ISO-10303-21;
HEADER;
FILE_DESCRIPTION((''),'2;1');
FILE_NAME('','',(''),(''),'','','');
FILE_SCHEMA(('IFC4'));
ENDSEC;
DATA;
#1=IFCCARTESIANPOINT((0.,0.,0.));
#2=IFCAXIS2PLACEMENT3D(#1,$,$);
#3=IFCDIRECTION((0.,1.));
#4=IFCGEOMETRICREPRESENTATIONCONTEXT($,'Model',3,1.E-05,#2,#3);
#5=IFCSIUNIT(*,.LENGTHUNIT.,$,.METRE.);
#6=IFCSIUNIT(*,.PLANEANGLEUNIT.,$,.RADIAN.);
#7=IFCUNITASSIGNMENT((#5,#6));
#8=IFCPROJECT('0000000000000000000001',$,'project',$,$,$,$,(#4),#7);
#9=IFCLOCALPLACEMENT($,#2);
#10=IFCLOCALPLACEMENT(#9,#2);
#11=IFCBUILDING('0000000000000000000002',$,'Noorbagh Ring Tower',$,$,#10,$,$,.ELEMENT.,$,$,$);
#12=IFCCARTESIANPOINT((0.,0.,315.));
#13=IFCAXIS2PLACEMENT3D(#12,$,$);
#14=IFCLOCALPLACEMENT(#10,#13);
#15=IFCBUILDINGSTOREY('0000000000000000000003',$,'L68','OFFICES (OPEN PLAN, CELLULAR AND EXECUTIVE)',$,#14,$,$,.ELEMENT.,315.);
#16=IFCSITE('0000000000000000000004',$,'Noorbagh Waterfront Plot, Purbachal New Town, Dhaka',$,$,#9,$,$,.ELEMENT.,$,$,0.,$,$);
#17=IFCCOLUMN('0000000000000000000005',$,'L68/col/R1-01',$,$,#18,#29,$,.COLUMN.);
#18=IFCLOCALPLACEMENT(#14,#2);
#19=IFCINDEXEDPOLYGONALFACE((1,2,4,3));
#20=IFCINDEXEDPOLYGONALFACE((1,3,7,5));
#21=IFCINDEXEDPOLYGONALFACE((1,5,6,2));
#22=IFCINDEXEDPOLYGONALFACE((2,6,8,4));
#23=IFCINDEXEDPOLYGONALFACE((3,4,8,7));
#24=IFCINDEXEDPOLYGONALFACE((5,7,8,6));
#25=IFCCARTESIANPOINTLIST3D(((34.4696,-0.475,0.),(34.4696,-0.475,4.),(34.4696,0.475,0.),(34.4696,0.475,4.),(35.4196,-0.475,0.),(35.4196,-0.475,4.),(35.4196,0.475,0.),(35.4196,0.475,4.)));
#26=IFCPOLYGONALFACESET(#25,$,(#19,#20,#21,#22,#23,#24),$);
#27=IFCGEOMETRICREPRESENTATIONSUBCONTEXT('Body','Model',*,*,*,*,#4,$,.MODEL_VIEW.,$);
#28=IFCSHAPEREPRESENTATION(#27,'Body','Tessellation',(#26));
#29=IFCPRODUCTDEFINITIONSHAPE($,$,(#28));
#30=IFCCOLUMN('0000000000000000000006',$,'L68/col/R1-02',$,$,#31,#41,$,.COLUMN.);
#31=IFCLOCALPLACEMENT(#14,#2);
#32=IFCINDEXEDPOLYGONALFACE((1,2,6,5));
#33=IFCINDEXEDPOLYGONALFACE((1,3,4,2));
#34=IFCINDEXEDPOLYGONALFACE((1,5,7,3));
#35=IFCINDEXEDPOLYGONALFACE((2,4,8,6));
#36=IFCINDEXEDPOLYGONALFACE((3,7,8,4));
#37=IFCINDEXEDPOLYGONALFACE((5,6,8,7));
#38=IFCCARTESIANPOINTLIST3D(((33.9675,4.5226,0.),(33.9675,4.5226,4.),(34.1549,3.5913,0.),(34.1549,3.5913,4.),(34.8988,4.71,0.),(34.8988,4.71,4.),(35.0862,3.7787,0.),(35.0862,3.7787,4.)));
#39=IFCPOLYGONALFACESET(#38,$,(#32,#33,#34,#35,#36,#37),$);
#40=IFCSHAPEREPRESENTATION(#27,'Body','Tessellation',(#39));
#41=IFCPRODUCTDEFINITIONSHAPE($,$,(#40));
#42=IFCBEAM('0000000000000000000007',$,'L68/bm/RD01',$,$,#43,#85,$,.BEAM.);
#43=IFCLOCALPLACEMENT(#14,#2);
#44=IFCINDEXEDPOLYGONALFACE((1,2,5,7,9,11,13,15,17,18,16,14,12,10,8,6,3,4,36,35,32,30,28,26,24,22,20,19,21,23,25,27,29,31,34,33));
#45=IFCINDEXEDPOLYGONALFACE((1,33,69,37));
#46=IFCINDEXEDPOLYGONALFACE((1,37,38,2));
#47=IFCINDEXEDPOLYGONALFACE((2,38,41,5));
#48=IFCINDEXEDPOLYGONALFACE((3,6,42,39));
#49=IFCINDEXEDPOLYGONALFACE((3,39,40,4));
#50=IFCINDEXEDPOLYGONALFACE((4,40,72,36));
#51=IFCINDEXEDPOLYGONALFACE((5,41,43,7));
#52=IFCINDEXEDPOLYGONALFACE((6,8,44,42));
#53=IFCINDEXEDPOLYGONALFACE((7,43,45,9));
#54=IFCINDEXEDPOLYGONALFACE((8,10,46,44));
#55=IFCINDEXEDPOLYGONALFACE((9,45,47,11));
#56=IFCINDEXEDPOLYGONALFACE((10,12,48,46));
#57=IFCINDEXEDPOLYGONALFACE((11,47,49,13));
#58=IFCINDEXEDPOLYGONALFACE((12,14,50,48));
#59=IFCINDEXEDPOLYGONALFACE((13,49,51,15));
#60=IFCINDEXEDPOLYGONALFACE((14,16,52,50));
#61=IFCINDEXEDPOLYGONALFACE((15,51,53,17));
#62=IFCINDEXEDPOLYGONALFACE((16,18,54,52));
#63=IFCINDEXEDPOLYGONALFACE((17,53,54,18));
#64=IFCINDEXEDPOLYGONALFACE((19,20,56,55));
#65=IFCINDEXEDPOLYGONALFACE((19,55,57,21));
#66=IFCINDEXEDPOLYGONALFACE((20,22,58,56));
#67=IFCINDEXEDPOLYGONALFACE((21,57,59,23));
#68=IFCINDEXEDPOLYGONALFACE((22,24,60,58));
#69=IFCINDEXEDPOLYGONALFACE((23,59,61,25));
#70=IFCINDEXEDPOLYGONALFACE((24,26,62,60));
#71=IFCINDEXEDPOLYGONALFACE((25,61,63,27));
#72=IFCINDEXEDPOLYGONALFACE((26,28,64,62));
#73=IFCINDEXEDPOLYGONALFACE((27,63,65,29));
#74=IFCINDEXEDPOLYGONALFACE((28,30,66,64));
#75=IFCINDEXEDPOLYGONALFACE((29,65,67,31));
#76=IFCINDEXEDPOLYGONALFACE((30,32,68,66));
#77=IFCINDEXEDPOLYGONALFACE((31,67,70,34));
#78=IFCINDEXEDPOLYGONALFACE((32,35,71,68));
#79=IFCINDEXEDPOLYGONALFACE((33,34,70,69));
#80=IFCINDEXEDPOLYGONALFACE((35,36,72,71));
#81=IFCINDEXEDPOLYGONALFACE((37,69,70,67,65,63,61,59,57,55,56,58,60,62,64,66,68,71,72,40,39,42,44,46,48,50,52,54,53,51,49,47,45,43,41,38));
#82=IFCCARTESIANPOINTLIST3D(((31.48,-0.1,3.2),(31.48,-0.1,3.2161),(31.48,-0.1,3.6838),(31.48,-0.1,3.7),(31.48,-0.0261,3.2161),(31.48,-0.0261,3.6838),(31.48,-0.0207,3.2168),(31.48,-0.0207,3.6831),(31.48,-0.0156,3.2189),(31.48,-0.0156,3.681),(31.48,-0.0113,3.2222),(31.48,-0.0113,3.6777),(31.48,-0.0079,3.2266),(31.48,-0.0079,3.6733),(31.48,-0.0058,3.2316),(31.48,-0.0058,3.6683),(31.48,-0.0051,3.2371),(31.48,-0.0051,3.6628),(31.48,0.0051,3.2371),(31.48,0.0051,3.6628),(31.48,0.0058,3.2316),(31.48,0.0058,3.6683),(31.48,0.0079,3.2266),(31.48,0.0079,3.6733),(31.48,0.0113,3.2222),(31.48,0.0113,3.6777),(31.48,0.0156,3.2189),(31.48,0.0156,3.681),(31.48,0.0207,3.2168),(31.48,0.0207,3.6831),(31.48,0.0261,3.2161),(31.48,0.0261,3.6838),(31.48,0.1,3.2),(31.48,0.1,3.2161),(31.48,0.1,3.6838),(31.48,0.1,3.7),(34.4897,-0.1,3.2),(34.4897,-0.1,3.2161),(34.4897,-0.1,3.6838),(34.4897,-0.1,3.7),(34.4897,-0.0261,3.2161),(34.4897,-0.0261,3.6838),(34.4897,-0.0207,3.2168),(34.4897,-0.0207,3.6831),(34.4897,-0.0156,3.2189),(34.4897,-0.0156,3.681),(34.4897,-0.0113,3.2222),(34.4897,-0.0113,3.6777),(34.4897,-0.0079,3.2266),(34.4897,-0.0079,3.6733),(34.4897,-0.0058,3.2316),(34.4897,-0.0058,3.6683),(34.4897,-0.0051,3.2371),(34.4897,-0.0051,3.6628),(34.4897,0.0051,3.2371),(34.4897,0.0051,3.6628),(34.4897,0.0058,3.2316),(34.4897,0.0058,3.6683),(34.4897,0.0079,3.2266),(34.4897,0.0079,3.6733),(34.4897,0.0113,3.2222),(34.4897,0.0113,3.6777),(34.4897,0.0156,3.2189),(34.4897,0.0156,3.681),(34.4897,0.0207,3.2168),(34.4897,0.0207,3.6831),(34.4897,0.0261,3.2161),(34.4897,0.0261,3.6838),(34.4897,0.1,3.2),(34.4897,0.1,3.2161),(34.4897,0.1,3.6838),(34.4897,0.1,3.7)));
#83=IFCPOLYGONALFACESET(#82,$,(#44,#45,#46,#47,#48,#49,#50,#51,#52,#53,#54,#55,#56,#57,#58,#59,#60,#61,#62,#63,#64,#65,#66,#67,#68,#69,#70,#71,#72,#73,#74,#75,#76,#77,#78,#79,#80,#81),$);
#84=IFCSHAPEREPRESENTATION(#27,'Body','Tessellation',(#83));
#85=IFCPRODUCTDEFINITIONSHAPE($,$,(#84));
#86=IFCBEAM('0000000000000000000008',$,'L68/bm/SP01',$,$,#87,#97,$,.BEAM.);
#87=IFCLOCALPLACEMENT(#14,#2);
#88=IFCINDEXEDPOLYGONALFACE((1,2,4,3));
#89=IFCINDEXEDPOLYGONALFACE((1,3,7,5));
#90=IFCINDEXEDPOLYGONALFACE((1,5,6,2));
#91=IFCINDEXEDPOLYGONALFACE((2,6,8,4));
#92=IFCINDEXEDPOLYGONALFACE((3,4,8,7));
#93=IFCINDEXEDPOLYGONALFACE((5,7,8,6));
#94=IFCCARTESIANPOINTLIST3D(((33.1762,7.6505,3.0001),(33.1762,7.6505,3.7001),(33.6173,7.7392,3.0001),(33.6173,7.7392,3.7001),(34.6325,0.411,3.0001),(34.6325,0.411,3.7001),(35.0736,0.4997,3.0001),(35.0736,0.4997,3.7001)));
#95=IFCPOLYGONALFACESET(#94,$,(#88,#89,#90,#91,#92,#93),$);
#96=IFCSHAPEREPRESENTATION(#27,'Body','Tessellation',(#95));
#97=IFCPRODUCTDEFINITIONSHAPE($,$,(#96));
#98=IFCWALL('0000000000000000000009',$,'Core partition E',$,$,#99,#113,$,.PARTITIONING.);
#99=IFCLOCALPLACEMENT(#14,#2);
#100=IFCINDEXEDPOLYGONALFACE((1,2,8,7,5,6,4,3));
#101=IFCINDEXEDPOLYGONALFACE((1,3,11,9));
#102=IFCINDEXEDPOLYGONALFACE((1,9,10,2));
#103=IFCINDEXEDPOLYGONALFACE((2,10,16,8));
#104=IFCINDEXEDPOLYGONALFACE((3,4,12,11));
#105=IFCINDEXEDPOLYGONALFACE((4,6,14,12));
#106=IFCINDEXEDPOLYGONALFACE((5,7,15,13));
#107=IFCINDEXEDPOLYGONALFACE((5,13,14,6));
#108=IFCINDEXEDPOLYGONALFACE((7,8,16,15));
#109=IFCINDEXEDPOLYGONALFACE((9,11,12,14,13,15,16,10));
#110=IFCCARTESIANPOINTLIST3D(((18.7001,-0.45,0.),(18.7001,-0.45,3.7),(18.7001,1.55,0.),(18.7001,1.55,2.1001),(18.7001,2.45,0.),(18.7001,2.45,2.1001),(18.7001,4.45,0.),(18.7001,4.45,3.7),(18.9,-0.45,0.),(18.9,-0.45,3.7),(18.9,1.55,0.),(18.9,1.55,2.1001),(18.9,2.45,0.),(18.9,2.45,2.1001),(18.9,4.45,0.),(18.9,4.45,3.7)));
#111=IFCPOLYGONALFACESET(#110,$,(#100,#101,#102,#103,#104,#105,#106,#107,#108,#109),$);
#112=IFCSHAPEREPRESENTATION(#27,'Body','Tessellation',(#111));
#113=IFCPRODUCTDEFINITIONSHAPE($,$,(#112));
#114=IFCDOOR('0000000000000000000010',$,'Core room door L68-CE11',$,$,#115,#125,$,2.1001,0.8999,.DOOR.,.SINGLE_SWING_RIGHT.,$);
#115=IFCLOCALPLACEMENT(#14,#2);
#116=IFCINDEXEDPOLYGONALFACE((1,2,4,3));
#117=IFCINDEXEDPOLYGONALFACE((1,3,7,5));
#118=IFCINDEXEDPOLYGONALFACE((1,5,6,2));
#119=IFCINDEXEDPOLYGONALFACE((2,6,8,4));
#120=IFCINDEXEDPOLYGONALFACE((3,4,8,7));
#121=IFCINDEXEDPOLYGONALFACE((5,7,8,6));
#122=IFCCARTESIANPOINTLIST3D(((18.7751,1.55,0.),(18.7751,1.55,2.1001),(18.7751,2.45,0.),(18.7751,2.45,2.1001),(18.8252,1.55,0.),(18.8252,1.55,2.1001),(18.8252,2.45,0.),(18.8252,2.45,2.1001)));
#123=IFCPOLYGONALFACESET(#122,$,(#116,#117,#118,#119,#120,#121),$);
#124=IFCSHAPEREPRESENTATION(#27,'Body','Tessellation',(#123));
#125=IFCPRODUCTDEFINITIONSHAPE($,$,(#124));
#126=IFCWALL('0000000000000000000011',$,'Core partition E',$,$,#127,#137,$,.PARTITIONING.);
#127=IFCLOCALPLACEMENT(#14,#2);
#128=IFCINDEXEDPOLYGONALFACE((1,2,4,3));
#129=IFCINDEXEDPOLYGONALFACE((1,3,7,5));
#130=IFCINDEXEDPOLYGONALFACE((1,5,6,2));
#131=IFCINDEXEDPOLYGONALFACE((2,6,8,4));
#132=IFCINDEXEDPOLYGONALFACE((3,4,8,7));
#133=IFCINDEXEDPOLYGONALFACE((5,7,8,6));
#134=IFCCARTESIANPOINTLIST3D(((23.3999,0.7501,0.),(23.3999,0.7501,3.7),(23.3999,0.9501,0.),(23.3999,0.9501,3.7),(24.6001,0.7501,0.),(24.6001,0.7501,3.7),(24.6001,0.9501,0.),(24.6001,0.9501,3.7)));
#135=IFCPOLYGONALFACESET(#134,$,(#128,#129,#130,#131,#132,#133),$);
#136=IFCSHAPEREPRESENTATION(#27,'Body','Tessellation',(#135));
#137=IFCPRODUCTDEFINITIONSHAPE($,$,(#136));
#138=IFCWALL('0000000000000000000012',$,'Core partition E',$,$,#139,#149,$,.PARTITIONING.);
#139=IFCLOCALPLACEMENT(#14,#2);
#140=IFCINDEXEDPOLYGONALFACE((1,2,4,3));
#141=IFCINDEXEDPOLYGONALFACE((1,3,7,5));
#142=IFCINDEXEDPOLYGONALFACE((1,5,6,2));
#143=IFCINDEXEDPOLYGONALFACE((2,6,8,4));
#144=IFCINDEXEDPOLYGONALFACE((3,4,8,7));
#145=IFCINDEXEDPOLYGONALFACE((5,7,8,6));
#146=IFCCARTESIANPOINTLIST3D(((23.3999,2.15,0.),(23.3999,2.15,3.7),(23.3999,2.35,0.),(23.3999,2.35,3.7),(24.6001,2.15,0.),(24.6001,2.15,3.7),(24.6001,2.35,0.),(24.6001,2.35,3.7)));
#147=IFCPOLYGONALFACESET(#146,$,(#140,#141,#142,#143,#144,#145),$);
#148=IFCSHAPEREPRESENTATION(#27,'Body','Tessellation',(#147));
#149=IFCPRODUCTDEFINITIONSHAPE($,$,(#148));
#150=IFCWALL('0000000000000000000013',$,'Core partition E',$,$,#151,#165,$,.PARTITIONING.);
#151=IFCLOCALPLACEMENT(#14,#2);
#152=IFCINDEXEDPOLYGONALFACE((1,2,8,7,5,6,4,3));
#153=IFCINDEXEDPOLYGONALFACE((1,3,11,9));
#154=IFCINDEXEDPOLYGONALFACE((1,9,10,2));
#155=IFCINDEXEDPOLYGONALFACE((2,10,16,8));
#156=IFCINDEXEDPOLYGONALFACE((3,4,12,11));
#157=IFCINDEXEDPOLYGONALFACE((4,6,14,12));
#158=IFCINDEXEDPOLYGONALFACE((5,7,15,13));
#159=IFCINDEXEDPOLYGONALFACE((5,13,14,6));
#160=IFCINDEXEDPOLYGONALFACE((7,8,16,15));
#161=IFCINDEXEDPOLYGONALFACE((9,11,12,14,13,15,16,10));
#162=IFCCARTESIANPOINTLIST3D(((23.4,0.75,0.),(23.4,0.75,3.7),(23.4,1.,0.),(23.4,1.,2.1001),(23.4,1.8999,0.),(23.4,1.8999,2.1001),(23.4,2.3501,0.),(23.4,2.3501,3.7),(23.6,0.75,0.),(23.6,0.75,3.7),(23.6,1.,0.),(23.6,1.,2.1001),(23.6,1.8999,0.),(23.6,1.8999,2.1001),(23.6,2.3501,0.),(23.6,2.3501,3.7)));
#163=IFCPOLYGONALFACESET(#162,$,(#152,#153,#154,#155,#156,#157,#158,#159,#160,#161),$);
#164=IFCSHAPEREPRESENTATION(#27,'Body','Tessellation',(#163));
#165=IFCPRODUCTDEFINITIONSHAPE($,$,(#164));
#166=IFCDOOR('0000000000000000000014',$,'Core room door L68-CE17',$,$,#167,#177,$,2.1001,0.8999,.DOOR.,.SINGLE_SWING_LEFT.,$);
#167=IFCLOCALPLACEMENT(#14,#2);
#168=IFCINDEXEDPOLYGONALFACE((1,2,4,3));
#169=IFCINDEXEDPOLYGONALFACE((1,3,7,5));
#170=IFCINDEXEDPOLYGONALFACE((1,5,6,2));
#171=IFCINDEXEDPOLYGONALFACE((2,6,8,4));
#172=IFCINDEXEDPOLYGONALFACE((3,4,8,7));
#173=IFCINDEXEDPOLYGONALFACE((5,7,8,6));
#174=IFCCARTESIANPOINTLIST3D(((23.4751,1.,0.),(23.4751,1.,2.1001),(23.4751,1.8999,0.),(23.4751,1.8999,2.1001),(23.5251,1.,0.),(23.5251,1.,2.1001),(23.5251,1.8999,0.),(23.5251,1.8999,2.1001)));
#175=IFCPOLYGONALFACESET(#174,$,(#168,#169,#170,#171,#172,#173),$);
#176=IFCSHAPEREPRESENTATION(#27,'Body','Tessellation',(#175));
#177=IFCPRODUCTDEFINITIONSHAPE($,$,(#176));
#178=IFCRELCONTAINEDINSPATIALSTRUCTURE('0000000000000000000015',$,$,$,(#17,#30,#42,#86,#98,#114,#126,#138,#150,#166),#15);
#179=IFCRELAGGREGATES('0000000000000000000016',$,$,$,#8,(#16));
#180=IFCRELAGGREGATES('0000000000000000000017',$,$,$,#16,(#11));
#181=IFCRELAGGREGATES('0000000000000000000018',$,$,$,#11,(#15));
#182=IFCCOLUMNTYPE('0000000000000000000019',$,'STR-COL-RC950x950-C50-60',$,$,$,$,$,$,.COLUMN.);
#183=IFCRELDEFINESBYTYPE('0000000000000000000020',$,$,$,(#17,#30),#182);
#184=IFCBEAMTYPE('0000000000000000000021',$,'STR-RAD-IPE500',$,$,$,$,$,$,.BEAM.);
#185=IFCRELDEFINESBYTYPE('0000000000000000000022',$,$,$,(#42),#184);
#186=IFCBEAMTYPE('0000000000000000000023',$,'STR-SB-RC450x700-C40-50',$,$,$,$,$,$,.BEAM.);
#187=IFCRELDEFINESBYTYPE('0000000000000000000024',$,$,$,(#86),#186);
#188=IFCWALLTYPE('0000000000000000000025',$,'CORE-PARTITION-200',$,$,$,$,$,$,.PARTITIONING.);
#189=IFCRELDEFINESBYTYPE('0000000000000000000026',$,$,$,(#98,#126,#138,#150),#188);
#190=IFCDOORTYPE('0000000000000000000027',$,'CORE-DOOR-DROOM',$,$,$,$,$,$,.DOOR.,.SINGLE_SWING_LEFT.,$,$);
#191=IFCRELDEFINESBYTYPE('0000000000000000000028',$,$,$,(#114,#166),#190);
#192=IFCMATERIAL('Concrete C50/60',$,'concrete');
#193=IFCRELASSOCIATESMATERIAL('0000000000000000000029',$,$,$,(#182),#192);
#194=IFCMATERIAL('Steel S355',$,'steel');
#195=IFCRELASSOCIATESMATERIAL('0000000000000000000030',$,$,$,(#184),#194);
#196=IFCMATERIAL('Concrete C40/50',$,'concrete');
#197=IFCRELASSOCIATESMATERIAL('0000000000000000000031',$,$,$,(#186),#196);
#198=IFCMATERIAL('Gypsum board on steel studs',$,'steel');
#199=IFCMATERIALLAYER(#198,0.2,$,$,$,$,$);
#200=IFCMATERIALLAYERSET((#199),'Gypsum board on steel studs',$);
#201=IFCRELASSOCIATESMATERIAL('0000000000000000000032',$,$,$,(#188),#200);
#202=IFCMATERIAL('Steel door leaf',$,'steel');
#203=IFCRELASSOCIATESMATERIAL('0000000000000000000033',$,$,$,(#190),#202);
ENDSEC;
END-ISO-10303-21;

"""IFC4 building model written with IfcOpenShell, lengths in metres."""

from ifc_helpers import new_model, si_unit, direction, frame, frame_2d, origin, origin_2d, place, context, subcontext, project, spatial, rectangle, i_section, extrude, material, layer, layer_set, material_profile, profile_set, type_object, element, fill, save


model = new_model("IFC4")

# Units and contexts
model_context = context("Model", 3, precision=1e-05, world=origin(), true_north=direction((0.0, 1.0)))
body_context = subcontext(model_context, "Body", "Model", "MODEL_VIEW")
ifc_project = project(units=[si_unit("LENGTHUNIT", "METRE"), si_unit("PLANEANGLEUNIT", "RADIAN")], contexts=[model_context])

# Site, building, storey
site_placement = place(None, origin())
site = spatial("IfcSite", under=ifc_project, at=site_placement, Name="Noorbagh Waterfront Plot, Purbachal New Town, Dhaka", CompositionType="ELEMENT", RefElevation=0.0)
building_placement = place(site_placement, origin())
building = spatial("IfcBuilding", under=site, at=building_placement, Name="Noorbagh Ring Tower", CompositionType="ELEMENT")
storey_placement = place(building_placement, frame((0.0, 0.0, 315.0)))
storey = spatial("IfcBuildingStorey", under=building, at=storey_placement, Name="L68", Description="OFFICES (OPEN PLAN, CELLULAR AND EXECUTIVE)", CompositionType="ELEMENT", Elevation=315.0)

# Columns
ifc_material_1 = material(Name="Concrete C50/60", Category="concrete")
ifc_material_profile_1 = material_profile(ifc_material_1, rectangle(XDim=0.95, YDim=0.95, at=origin_2d()), Name="RC950x950")
ifc_profile_set_1 = profile_set([ifc_material_profile_1], Name="Concrete C50/60")
column_type = type_object("IfcColumnType", Name="STR-COL-RC950x950-C50-60", PredefinedType="COLUMN", material=ifc_profile_set_1)
for number, where, z_axis, x_axis, name in (
    (1, (34.9446, 0.0, 0.0), (0.0, 0.0, 1.0), (0.0, 1.0, 0.0), "L68/col/R1-01"),
    (2, (34.5269, 4.1506, 0.0), (0.0, 0.0, 1.0), (-0.19723, 0.980357, 0.0), "L68/col/R1-02"),
):
    element("IfcColumn", number, at=place(storey_placement, frame(where, z_axis=z_axis, x_axis=x_axis)), inside=storey, type_object=column_type, Name=name, PredefinedType="COLUMN", context=body_context, shape_type="SweptSolid", body=[
        extrude(rectangle(XDim=0.95, YDim=0.95, at=origin_2d()), origin(), (0.0, 0.0, 1.0), 4.0),
    ])

# Beams
ifc_material_2 = material(Name="Steel S355", Category="steel")
ifc_material_profile_2 = material_profile(ifc_material_2, i_section(OverallWidth=0.2, OverallDepth=0.5, WebThickness=0.0103, FlangeThickness=0.0161, FilletRadius=0.021, at=origin_2d()), Name="IPE500")
ifc_profile_set_2 = profile_set([ifc_material_profile_2], Name="Steel S355")
beam_type_1 = type_object("IfcBeamType", Name="STR-RAD-IPE500", PredefinedType="BEAM", material=ifc_profile_set_2)
beam_1_placement = place(storey_placement, frame((34.4897, 0.0, 3.45), z_axis=(-1.0, 0.0, 0.0), x_axis=(0.0, -1.0, 0.0)))
element("IfcBeam", 3, at=beam_1_placement, inside=storey, type_object=beam_type_1, Name="L68/bm/RD01", PredefinedType="BEAM", context=body_context, shape_type="SweptSolid", body=[
    extrude(i_section(OverallWidth=0.2, OverallDepth=0.5, WebThickness=0.0103, FlangeThickness=0.0161, FilletRadius=0.021, at=origin_2d()), origin(), (0.0, 0.0, 1.0), 3.0098),
])
ifc_material_3 = material(Name="Concrete C40/50", Category="concrete")
ifc_material_profile_3 = material_profile(ifc_material_3, rectangle(XDim=0.45, YDim=0.7, at=origin_2d()), Name="RC450x700")
ifc_profile_set_3 = profile_set([ifc_material_profile_3], Name="Concrete C40/50")
beam_type_2 = type_object("IfcBeamType", Name="STR-SB-RC450x700-C40-50", PredefinedType="BEAM", material=ifc_profile_set_3)
beam_2_placement = place(storey_placement, frame((34.853, 0.4553, 3.3501), z_axis=(-0.19721, 0.980361, 0.0), x_axis=(-0.980361, -0.19721, 0.0)))
element("IfcBeam", 4, at=beam_2_placement, inside=storey, type_object=beam_type_2, Name="L68/bm/SP01", PredefinedType="BEAM", context=body_context, shape_type="SweptSolid", body=[
    extrude(rectangle(XDim=0.45, YDim=0.7, at=origin_2d()), origin(), (0.0, 0.0, 1.0), 7.3845),
])

# Wall, opening, door
ifc_material_4 = material(Name="Gypsum board on steel studs", Category="steel")
ifc_layer_1 = layer(ifc_material_4, 0.2)
ifc_layer_set_1 = layer_set([ifc_layer_1], Name="Gypsum board on steel studs")
wall_type_1 = type_object("IfcWallType", Name="CORE-PARTITION-200", PredefinedType="PARTITIONING", material=ifc_layer_set_1)
wall_1_placement = place(storey_placement, frame((18.8, -0.45, 0.0), z_axis=(0.0, 0.0, 1.0), x_axis=(0.0, 1.0, 0.0)))
wall_1 = element("IfcWall", 5, at=wall_1_placement, inside=storey, type_object=wall_type_1, Name="Core partition E", PredefinedType="PARTITIONING", context=body_context, shape_type="SweptSolid", body=[
    extrude(rectangle(XDim=4.8999, YDim=0.2, at=frame_2d((2.45, 0.0))), origin(), (0.0, 0.0, 1.0), 3.7),
])
opening_1_placement = place(wall_1_placement, frame((2.0, 0.0, 0.0)))
opening_1 = element("IfcOpeningElement", 6, at=opening_1_placement, cuts=wall_1, PredefinedType="OPENING", context=body_context, shape_type="SweptSolid", body=[
    extrude(rectangle(XDim=0.8999, YDim=2.1001, at=frame_2d((0.45, 1.05))), frame((0.0, 0.1099, 0.0), z_axis=(0.0, -1.0, 0.0), x_axis=(1.0, 0.0, 0.0)), (0.0, 0.0, 1.0), 0.22),
])
ifc_material_5 = material(Name="Steel door leaf", Category="steel")
door_type_1 = type_object("IfcDoorType", Name="CORE-DOOR-DROOM", OperationType="SINGLE_SWING_LEFT", PredefinedType="DOOR", material=ifc_material_5)
door_1_placement = place(opening_1_placement, origin())
door_1 = element("IfcDoor", 7, at=door_1_placement, inside=storey, type_object=door_type_1, Name="Core room door L68-CE11", OperationType="SINGLE_SWING_RIGHT", OverallHeight=2.1001, OverallWidth=0.8999, PredefinedType="DOOR", context=body_context, shape_type="SweptSolid", body=[
    extrude(rectangle(XDim=0.8999, YDim=2.1001, at=frame_2d((0.45, 1.05))), frame((0.0, 0.0249, 0.0), z_axis=(0.0, -1.0, 0.0), x_axis=(1.0, 0.0, 0.0)), (0.0, 0.0, 1.0), 0.05),
])
fill(opening_1, door_1)

# Walls
for number, where, z_axis, x_axis, name in (
    (8, (23.3999, 0.8501, 0.0), (0.0, 0.0, 1.0), (1.0, 0.0, 0.0), "Core partition E"),
    (9, (23.3999, 2.25, 0.0), (0.0, 0.0, 1.0), (1.0, 0.0, 0.0), "Core partition E"),
):
    element("IfcWall", number, at=place(storey_placement, frame(where, z_axis=z_axis, x_axis=x_axis)), inside=storey, type_object=wall_type_1, Name=name, PredefinedType="PARTITIONING", context=body_context, shape_type="SweptSolid", body=[
        extrude(rectangle(XDim=1.2002, YDim=0.2, at=frame_2d((0.6001, 0.0))), origin(), (0.0, 0.0, 1.0), 3.7),
    ])

# Wall, opening, door
wall_2_placement = place(storey_placement, frame((23.5, 0.75, 0.0), z_axis=(0.0, 0.0, 1.0), x_axis=(0.0, 1.0, 0.0)))
wall_2 = element("IfcWall", 10, at=wall_2_placement, inside=storey, type_object=wall_type_1, Name="Core partition E", PredefinedType="PARTITIONING", context=body_context, shape_type="SweptSolid", body=[
    extrude(rectangle(XDim=1.6001, YDim=0.2, at=frame_2d((0.8, 0.0))), origin(), (0.0, 0.0, 1.0), 3.7),
])
opening_2_placement = place(wall_2_placement, frame((0.25, 0.0, 0.0)))
opening_2 = element("IfcOpeningElement", 11, at=opening_2_placement, cuts=wall_2, PredefinedType="OPENING", context=body_context, shape_type="SweptSolid", body=[
    extrude(rectangle(XDim=0.8999, YDim=2.1001, at=frame_2d((0.45, 1.05))), frame((0.0, 0.1099, 0.0), z_axis=(0.0, -1.0, 0.0), x_axis=(1.0, 0.0, 0.0)), (0.0, 0.0, 1.0), 0.22),
])
door_2_placement = place(opening_2_placement, origin())
door_2 = element("IfcDoor", 12, at=door_2_placement, inside=storey, type_object=door_type_1, Name="Core room door L68-CE17", OperationType="SINGLE_SWING_LEFT", OverallHeight=2.1001, OverallWidth=0.8999, PredefinedType="DOOR", context=body_context, shape_type="SweptSolid", body=[
    extrude(rectangle(XDim=0.8999, YDim=2.1001, at=frame_2d((0.45, 1.05))), frame((0.0, 0.0249, 0.0), z_axis=(0.0, -1.0, 0.0), x_axis=(1.0, 0.0, 0.0)), (0.0, 0.0, 1.0), 0.05),
])
fill(opening_2, door_2)

save(model, "model.ifc")
